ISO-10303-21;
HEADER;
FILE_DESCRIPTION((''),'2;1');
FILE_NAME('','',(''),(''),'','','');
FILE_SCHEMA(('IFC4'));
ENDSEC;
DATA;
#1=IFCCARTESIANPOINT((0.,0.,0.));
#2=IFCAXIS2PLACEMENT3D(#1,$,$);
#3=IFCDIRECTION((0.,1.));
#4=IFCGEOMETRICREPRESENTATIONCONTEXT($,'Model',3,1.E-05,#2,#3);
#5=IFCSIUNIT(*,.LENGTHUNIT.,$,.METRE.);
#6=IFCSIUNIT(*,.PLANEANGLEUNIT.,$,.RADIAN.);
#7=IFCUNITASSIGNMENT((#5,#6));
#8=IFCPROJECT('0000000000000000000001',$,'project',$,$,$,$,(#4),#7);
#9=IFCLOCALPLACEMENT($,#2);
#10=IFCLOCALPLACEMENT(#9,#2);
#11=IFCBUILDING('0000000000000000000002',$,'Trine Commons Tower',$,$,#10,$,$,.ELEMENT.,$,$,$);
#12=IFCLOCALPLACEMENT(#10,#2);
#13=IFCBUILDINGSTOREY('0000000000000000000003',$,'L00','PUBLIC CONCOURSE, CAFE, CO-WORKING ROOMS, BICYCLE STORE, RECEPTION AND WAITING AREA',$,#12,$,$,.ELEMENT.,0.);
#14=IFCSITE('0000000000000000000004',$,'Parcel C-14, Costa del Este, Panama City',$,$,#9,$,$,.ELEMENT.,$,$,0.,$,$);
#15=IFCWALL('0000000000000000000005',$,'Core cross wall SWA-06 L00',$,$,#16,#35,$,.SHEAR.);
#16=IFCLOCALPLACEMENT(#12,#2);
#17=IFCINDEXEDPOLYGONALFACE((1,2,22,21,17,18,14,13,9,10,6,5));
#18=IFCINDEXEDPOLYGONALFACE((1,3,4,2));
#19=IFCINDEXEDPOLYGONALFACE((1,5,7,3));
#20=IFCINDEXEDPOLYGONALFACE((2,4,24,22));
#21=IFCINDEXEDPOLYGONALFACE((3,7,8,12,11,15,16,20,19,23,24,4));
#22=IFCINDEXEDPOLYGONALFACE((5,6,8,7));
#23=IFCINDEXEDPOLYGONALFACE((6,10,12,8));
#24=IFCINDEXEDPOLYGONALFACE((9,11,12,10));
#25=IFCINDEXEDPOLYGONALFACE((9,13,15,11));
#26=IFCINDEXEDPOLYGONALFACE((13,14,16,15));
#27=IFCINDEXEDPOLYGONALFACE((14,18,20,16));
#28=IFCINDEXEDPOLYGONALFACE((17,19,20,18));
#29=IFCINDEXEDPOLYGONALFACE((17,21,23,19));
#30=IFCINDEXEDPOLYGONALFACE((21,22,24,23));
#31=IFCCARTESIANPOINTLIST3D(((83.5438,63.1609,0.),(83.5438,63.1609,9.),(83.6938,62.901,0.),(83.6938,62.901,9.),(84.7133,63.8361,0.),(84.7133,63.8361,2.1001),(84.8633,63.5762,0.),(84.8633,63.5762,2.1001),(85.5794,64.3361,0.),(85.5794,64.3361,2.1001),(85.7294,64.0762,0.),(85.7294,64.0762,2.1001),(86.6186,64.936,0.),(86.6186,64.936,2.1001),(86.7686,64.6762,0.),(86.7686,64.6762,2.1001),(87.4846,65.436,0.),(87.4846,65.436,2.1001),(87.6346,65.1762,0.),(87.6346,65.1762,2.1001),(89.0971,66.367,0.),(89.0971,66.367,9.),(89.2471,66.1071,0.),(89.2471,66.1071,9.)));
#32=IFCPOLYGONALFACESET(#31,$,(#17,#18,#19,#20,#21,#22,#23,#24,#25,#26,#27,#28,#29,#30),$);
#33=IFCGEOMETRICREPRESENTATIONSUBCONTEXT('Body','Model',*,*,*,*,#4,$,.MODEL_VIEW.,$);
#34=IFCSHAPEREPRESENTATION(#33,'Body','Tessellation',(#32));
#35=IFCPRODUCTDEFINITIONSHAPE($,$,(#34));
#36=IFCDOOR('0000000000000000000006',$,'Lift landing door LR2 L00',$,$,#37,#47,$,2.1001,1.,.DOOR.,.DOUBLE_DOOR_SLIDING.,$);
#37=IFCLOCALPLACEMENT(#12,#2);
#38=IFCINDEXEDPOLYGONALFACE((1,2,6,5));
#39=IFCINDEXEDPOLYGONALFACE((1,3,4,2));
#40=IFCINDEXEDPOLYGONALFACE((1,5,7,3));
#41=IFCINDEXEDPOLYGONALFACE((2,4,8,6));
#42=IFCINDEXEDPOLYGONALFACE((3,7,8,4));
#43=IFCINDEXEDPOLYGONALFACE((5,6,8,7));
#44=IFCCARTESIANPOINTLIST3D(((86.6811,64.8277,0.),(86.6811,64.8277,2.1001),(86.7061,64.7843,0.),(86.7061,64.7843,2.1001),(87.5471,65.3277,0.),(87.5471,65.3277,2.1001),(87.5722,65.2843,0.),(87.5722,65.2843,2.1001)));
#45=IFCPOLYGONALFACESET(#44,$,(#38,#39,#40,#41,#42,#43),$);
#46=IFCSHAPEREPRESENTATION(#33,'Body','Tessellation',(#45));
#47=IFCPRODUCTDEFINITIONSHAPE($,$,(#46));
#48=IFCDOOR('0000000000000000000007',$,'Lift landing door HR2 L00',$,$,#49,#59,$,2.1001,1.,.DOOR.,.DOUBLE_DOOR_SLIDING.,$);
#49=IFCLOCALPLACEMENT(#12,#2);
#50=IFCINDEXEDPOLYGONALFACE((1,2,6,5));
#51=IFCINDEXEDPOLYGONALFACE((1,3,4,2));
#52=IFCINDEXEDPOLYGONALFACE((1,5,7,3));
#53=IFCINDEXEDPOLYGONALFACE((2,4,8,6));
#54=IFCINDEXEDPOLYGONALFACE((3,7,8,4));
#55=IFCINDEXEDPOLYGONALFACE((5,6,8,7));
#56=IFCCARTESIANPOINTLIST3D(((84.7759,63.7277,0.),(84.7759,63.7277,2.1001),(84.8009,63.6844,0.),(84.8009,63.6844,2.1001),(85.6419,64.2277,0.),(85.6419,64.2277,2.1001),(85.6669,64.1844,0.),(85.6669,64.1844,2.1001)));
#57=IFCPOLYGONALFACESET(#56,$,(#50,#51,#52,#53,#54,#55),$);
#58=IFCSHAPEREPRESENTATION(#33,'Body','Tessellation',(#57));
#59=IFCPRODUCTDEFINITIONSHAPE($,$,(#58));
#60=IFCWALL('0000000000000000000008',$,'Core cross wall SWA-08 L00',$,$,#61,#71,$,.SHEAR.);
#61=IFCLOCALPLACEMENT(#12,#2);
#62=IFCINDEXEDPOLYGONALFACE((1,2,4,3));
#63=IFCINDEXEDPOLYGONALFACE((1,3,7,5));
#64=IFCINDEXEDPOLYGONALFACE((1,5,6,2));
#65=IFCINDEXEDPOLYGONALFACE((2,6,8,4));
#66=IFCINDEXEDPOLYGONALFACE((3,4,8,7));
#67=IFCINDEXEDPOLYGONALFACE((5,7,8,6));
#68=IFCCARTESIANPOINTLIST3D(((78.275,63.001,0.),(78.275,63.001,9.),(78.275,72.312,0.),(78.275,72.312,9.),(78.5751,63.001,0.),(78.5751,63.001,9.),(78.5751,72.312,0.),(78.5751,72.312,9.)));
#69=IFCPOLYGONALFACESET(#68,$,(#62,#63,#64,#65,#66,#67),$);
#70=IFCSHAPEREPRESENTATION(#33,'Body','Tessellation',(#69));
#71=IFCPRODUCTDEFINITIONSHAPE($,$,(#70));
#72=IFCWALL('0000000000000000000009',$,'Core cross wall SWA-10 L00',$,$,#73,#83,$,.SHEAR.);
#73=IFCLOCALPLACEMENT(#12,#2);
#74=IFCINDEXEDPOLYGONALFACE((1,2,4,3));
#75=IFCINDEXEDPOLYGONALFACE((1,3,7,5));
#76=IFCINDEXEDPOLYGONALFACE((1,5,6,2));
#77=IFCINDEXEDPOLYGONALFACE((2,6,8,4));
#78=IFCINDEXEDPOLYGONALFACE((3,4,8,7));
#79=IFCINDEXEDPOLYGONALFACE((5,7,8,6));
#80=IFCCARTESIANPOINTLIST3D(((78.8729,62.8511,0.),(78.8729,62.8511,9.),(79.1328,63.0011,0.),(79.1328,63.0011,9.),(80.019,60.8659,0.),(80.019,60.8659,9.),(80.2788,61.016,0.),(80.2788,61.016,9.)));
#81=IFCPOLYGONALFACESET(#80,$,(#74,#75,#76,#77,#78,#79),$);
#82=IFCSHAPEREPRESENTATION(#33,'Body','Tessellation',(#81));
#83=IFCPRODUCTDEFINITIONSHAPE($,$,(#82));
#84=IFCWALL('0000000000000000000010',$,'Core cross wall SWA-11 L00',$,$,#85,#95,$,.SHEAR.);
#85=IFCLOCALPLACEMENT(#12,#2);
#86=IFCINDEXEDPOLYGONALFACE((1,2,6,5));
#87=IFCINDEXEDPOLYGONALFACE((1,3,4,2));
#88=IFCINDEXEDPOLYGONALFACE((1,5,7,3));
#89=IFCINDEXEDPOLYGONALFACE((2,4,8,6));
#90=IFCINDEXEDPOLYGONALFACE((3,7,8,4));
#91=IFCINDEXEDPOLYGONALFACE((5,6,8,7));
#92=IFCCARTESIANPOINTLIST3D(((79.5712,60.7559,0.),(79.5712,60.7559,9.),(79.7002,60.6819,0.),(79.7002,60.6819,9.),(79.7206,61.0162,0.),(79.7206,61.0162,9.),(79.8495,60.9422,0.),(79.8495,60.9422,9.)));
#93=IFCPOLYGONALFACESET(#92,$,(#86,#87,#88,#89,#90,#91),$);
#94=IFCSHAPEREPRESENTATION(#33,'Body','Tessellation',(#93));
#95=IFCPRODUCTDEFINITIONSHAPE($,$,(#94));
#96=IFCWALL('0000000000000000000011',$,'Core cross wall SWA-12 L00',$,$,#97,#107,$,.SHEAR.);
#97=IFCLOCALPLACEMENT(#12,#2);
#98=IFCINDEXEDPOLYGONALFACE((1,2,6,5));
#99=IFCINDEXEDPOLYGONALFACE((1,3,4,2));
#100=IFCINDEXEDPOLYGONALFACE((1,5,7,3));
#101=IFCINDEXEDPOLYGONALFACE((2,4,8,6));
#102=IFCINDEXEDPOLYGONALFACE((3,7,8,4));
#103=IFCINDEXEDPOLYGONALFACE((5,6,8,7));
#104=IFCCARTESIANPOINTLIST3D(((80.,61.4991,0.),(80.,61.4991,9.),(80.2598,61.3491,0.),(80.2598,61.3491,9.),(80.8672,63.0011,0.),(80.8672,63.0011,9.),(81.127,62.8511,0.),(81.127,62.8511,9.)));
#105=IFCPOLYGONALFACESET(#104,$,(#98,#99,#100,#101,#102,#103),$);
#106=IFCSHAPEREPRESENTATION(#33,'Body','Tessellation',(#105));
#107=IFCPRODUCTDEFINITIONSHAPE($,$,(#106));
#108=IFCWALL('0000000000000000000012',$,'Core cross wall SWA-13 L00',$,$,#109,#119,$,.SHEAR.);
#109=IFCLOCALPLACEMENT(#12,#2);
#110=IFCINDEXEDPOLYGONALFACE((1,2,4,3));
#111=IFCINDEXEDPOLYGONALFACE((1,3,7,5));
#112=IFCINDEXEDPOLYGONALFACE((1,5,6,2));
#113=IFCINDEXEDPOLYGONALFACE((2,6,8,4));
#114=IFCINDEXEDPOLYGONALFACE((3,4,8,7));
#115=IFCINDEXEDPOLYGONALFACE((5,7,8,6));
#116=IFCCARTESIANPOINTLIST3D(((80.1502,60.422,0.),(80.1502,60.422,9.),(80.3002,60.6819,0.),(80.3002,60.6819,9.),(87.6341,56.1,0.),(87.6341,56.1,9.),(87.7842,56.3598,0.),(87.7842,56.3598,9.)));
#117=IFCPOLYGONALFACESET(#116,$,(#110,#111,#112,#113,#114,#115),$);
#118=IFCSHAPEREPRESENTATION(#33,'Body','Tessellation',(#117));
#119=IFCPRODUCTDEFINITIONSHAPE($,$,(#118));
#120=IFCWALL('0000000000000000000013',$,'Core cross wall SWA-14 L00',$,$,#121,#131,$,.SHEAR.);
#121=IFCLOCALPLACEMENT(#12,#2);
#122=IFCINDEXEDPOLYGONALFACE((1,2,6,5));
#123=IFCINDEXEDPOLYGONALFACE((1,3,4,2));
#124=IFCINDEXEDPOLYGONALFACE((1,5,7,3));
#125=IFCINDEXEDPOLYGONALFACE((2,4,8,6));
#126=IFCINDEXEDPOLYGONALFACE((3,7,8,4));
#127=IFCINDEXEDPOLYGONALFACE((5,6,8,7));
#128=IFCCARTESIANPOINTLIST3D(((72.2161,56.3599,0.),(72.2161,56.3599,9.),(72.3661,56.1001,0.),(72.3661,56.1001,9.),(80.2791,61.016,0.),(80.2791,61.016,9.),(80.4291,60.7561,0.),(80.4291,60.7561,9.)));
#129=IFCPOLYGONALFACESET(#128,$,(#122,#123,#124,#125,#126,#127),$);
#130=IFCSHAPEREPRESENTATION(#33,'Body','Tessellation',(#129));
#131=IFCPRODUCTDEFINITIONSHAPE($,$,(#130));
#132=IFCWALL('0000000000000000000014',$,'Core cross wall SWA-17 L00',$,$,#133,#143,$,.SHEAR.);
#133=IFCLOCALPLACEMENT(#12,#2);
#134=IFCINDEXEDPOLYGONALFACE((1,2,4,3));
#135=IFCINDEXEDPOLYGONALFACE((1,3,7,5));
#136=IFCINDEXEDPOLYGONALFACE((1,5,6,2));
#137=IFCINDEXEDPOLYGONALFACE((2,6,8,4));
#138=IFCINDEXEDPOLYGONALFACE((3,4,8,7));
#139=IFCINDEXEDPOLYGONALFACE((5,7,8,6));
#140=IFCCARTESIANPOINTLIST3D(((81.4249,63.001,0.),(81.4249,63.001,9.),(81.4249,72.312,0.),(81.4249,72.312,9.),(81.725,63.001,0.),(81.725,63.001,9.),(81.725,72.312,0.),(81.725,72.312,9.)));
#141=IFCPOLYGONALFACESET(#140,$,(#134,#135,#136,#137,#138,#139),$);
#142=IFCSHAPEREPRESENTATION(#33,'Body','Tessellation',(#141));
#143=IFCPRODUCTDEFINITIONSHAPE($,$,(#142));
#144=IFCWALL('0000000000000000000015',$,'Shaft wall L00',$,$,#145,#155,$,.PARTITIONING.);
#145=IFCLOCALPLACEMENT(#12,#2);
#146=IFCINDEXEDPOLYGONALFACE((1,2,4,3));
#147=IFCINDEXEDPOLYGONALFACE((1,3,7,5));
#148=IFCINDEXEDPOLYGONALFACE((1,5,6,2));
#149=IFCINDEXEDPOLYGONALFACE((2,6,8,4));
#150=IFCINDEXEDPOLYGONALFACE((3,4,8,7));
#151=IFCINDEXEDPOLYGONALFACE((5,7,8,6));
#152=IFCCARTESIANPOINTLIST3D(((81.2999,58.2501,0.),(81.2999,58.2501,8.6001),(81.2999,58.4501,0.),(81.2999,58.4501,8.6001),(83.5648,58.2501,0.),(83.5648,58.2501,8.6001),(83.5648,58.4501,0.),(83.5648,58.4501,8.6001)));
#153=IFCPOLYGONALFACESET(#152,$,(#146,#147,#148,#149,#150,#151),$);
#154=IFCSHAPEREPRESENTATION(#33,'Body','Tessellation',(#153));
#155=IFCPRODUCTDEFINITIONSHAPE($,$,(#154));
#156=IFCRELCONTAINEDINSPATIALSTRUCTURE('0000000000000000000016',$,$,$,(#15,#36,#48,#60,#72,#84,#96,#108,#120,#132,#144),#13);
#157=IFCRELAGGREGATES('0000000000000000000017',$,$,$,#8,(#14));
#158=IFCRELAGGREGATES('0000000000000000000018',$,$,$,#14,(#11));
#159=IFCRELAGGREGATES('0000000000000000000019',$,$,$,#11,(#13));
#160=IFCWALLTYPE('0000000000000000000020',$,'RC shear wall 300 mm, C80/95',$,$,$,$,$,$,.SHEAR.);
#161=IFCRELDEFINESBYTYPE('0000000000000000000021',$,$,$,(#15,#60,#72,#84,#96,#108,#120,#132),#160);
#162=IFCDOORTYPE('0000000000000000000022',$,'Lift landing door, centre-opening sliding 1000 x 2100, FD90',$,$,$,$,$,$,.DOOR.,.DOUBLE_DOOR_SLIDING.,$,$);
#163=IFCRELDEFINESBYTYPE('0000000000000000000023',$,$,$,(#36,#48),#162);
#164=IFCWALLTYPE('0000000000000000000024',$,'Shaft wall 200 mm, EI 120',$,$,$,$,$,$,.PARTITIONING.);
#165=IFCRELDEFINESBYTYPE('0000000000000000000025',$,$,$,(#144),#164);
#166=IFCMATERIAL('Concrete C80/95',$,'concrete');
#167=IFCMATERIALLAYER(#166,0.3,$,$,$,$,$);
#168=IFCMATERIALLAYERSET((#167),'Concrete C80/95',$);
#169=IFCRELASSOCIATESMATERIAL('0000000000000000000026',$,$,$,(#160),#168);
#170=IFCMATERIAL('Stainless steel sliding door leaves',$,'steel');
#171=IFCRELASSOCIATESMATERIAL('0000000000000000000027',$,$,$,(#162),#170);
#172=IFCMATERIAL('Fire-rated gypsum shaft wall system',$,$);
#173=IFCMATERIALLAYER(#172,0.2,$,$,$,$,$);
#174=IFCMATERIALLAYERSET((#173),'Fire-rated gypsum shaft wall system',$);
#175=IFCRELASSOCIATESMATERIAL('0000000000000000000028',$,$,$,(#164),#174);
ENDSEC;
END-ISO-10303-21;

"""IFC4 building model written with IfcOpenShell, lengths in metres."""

from ifc_helpers import new_model, si_unit, direction, frame, frame_2d, origin, place, context, subcontext, project, spatial, rectangle, extrude, material, layer, layer_set, type_object, element, fill, save


model = new_model("IFC4")

# Units and contexts
model_context = context("Model", 3, precision=1e-05, world=origin(), true_north=direction((0.0, 1.0)))
body_context = subcontext(model_context, "Body", "Model", "MODEL_VIEW")
ifc_project = project(units=[si_unit("LENGTHUNIT", "METRE"), si_unit("PLANEANGLEUNIT", "RADIAN")], contexts=[model_context])

# Site, building, storey
site_placement = place(None, origin())
site = spatial("IfcSite", under=ifc_project, at=site_placement, Name="Parcel C-14, Costa del Este, Panama City", CompositionType="ELEMENT", RefElevation=0.0)
building_placement = place(site_placement, origin())
building = spatial("IfcBuilding", under=site, at=building_placement, Name="Trine Commons Tower", CompositionType="ELEMENT")
storey_placement = place(building_placement, origin())
storey = spatial("IfcBuildingStorey", under=building, at=storey_placement, Name="L00", Description="PUBLIC CONCOURSE, CAFE, CO-WORKING ROOMS, BICYCLE STORE, RECEPTION AND WAITING AREA", CompositionType="ELEMENT", Elevation=0.0)

# Shared definitions
ifc_material_1 = material(Name="Fire-rated gypsum shaft wall system")

# Wall, openings, doors
ifc_material_2 = material(Name="Concrete C80/95", Category="concrete")
ifc_layer_1 = layer(ifc_material_2, 0.3)
ifc_layer_set_1 = layer_set([ifc_layer_1], Name="Concrete C80/95")
wall_type_1 = type_object("IfcWallType", Name="RC shear wall 300 mm, C80/95", PredefinedType="SHEAR", material=ifc_layer_set_1)
ifc_material_3 = material(Name="Stainless steel sliding door leaves", Category="steel")
wall_1_placement = place(storey_placement, frame((83.6189, 63.031, 0.0), z_axis=(0.0, 0.0, 1.0), x_axis=(0.866032, 0.499988, 0.0)))
wall_1 = element("IfcWall", 1, at=wall_1_placement, inside=storey, type_object=wall_type_1, Name="Core cross wall SWA-06 L00", PredefinedType="SHEAR", context=body_context, shape_type="SweptSolid", body=[
    extrude(rectangle(XDim=6.4124, YDim=0.3, at=frame_2d((3.2061, 0.0))), origin(), (0.0, 0.0, 1.0), 9.0),
])
opening_1_placement = place(wall_1_placement, frame((3.5503, 0.0, 0.0)))
opening_1 = element("IfcOpeningElement", 2, at=opening_1_placement, cuts=wall_1, PredefinedType="OPENING", context=body_context, shape_type="SweptSolid", body=[
    extrude(rectangle(XDim=1.0, YDim=2.1001, at=frame_2d((0.5, 1.05))), frame((0.0, 0.1599, 0.0), z_axis=(0.0, -1.0, 0.0), x_axis=(1.0, 0.0, 0.0)), (0.0, 0.0, 1.0), 0.3201),
])
opening_2_placement = place(wall_1_placement, frame((1.3503, 0.0, 0.0)))
opening_2 = element("IfcOpeningElement", 3, at=opening_2_placement, cuts=wall_1, PredefinedType="OPENING", context=body_context, shape_type="SweptSolid", body=[
    extrude(rectangle(XDim=1.0, YDim=2.1001, at=frame_2d((0.5, 1.05))), frame((0.0, 0.1599, 0.0), z_axis=(0.0, -1.0, 0.0), x_axis=(1.0, 0.0, 0.0)), (0.0, 0.0, 1.0), 0.3201),
])
door_type_1 = type_object("IfcDoorType", Name="Lift landing door, centre-opening sliding 1000 x 2100, FD90", OperationType="DOUBLE_DOOR_SLIDING", PredefinedType="DOOR", material=ifc_material_3)
door_1_placement = place(opening_1_placement, origin())
door_1 = element("IfcDoor", 4, at=door_1_placement, inside=storey, type_object=door_type_1, Name="Lift landing door LR2 L00", OperationType="DOUBLE_DOOR_SLIDING", OverallHeight=2.1001, OverallWidth=1.0, PredefinedType="DOOR", context=body_context, shape_type="SweptSolid", body=[
    extrude(rectangle(XDim=1.0, YDim=2.1001, at=frame_2d((0.5, 1.05))), frame((0.0, 0.0249, 0.0), z_axis=(0.0, -1.0, 0.0), x_axis=(1.0, 0.0, 0.0)), (0.0, 0.0, 1.0), 0.05),
])
fill(opening_1, door_1)
door_2_placement = place(opening_2_placement, origin())
door_2 = element("IfcDoor", 5, at=door_2_placement, inside=storey, type_object=door_type_1, Name="Lift landing door HR2 L00", OperationType="DOUBLE_DOOR_SLIDING", OverallHeight=2.1001, OverallWidth=1.0, PredefinedType="DOOR", context=body_context, shape_type="SweptSolid", body=[
    extrude(rectangle(XDim=1.0, YDim=2.1001, at=frame_2d((0.5, 1.05))), frame((0.0, 0.0249, 0.0), z_axis=(0.0, -1.0, 0.0), x_axis=(1.0, 0.0, 0.0)), (0.0, 0.0, 1.0), 0.05),
])
fill(opening_2, door_2)

# Walls
wall_2_placement = place(storey_placement, frame((78.425, 63.001, 0.0), z_axis=(0.0, 0.0, 1.0), x_axis=(0.0, 1.0, 0.0)))
element("IfcWall", 6, at=wall_2_placement, inside=storey, type_object=wall_type_1, Name="Core cross wall SWA-08 L00", PredefinedType="SHEAR", context=body_context, shape_type="SweptSolid", body=[
    extrude(rectangle(XDim=9.311, YDim=0.3, at=frame_2d((4.6555, 0.0))), origin(), (0.0, 0.0, 1.0), 9.0),
])
wall_3_placement = place(storey_placement, frame((79.0029, 62.926, 0.0), z_axis=(0.0, 0.0, 1.0), x_axis=(0.499965, -0.866045, 0.0)))
element("IfcWall", 7, at=wall_3_placement, inside=storey, type_object=wall_type_1, Name="Core cross wall SWA-10 L00", PredefinedType="SHEAR", context=body_context, shape_type="SweptSolid", body=[
    extrude(rectangle(XDim=2.2922, YDim=0.3, at=frame_2d((1.146, 0.0))), origin(), (0.0, 0.0, 1.0), 9.0),
])
wall_4_placement = place(storey_placement, frame((79.646, 60.886, 0.0), z_axis=(0.0, 0.0, 1.0), x_axis=(0.867332, -0.49773, 0.0)))
element("IfcWall", 8, at=wall_4_placement, inside=storey, type_object=wall_type_1, Name="Core cross wall SWA-11 L00", PredefinedType="SHEAR", context=body_context, shape_type="SweptSolid", body=[
    extrude(rectangle(XDim=0.1487, YDim=0.3, at=frame_2d((0.0742, 0.0))), origin(), (0.0, 0.0, 1.0), 9.0),
])
wall_5_placement = place(storey_placement, frame((80.1299, 61.4241, 0.0), z_axis=(0.0, 0.0, 1.0), x_axis=(0.500015, 0.866017, 0.0)))
element("IfcWall", 9, at=wall_5_placement, inside=storey, type_object=wall_type_1, Name="Core cross wall SWA-12 L00", PredefinedType="SHEAR", context=body_context, shape_type="SweptSolid", body=[
    extrude(rectangle(XDim=1.7344, YDim=0.3, at=frame_2d((0.8672, 0.0))), origin(), (0.0, 0.0, 1.0), 9.0),
])
wall_6_placement = place(storey_placement, frame((80.2251, 60.552, 0.0), z_axis=(0.0, 0.0, 1.0), x_axis=(0.865965, -0.500104, 0.0)))
element("IfcWall", 10, at=wall_6_placement, inside=storey, type_object=wall_type_1, Name="Core cross wall SWA-13 L00", PredefinedType="SHEAR", context=body_context, shape_type="SweptSolid", body=[
    extrude(rectangle(XDim=8.6423, YDim=0.3, at=frame_2d((4.3213, 0.0))), origin(), (0.0, 0.0, 1.0), 9.0),
])
wall_7_placement = place(storey_placement, frame((80.354, 60.886, 0.0), z_axis=(0.0, 0.0, 1.0), x_axis=(-0.865986, -0.500067, 0.0)))
element("IfcWall", 11, at=wall_7_placement, inside=storey, type_object=wall_type_1, Name="Core cross wall SWA-14 L00", PredefinedType="SHEAR", context=body_context, shape_type="SweptSolid", body=[
    extrude(rectangle(XDim=9.3108, YDim=0.3, at=frame_2d((4.6553, 0.0))), origin(), (0.0, 0.0, 1.0), 9.0),
])
wall_8_placement = place(storey_placement, frame((81.575, 63.001, 0.0), z_axis=(0.0, 0.0, 1.0), x_axis=(0.0, 1.0, 0.0)))
element("IfcWall", 12, at=wall_8_placement, inside=storey, type_object=wall_type_1, Name="Core cross wall SWA-17 L00", PredefinedType="SHEAR", context=body_context, shape_type="SweptSolid", body=[
    extrude(rectangle(XDim=9.311, YDim=0.3, at=frame_2d((4.6555, 0.0))), origin(), (0.0, 0.0, 1.0), 9.0),
])
ifc_layer_2 = layer(ifc_material_1, 0.2)
ifc_layer_set_2 = layer_set([ifc_layer_2], Name="Fire-rated gypsum shaft wall system")
wall_type_2 = type_object("IfcWallType", Name="Shaft wall 200 mm, EI 120", PredefinedType="PARTITIONING", material=ifc_layer_set_2)
wall_9_placement = place(storey_placement, frame((81.3, 58.3501, 0.0), z_axis=(0.0, 0.0, 1.0), x_axis=(1.0, 0.0, 0.0)))
element("IfcWall", 13, at=wall_9_placement, inside=storey, type_object=wall_type_2, Name="Shaft wall L00", PredefinedType="PARTITIONING", context=body_context, shape_type="SweptSolid", body=[
    extrude(rectangle(XDim=2.2649, YDim=0.2, at=frame_2d((1.1323, 0.0))), origin(), (0.0, 0.0, 1.0), 8.6001),
])

save(model, "model.ifc")
